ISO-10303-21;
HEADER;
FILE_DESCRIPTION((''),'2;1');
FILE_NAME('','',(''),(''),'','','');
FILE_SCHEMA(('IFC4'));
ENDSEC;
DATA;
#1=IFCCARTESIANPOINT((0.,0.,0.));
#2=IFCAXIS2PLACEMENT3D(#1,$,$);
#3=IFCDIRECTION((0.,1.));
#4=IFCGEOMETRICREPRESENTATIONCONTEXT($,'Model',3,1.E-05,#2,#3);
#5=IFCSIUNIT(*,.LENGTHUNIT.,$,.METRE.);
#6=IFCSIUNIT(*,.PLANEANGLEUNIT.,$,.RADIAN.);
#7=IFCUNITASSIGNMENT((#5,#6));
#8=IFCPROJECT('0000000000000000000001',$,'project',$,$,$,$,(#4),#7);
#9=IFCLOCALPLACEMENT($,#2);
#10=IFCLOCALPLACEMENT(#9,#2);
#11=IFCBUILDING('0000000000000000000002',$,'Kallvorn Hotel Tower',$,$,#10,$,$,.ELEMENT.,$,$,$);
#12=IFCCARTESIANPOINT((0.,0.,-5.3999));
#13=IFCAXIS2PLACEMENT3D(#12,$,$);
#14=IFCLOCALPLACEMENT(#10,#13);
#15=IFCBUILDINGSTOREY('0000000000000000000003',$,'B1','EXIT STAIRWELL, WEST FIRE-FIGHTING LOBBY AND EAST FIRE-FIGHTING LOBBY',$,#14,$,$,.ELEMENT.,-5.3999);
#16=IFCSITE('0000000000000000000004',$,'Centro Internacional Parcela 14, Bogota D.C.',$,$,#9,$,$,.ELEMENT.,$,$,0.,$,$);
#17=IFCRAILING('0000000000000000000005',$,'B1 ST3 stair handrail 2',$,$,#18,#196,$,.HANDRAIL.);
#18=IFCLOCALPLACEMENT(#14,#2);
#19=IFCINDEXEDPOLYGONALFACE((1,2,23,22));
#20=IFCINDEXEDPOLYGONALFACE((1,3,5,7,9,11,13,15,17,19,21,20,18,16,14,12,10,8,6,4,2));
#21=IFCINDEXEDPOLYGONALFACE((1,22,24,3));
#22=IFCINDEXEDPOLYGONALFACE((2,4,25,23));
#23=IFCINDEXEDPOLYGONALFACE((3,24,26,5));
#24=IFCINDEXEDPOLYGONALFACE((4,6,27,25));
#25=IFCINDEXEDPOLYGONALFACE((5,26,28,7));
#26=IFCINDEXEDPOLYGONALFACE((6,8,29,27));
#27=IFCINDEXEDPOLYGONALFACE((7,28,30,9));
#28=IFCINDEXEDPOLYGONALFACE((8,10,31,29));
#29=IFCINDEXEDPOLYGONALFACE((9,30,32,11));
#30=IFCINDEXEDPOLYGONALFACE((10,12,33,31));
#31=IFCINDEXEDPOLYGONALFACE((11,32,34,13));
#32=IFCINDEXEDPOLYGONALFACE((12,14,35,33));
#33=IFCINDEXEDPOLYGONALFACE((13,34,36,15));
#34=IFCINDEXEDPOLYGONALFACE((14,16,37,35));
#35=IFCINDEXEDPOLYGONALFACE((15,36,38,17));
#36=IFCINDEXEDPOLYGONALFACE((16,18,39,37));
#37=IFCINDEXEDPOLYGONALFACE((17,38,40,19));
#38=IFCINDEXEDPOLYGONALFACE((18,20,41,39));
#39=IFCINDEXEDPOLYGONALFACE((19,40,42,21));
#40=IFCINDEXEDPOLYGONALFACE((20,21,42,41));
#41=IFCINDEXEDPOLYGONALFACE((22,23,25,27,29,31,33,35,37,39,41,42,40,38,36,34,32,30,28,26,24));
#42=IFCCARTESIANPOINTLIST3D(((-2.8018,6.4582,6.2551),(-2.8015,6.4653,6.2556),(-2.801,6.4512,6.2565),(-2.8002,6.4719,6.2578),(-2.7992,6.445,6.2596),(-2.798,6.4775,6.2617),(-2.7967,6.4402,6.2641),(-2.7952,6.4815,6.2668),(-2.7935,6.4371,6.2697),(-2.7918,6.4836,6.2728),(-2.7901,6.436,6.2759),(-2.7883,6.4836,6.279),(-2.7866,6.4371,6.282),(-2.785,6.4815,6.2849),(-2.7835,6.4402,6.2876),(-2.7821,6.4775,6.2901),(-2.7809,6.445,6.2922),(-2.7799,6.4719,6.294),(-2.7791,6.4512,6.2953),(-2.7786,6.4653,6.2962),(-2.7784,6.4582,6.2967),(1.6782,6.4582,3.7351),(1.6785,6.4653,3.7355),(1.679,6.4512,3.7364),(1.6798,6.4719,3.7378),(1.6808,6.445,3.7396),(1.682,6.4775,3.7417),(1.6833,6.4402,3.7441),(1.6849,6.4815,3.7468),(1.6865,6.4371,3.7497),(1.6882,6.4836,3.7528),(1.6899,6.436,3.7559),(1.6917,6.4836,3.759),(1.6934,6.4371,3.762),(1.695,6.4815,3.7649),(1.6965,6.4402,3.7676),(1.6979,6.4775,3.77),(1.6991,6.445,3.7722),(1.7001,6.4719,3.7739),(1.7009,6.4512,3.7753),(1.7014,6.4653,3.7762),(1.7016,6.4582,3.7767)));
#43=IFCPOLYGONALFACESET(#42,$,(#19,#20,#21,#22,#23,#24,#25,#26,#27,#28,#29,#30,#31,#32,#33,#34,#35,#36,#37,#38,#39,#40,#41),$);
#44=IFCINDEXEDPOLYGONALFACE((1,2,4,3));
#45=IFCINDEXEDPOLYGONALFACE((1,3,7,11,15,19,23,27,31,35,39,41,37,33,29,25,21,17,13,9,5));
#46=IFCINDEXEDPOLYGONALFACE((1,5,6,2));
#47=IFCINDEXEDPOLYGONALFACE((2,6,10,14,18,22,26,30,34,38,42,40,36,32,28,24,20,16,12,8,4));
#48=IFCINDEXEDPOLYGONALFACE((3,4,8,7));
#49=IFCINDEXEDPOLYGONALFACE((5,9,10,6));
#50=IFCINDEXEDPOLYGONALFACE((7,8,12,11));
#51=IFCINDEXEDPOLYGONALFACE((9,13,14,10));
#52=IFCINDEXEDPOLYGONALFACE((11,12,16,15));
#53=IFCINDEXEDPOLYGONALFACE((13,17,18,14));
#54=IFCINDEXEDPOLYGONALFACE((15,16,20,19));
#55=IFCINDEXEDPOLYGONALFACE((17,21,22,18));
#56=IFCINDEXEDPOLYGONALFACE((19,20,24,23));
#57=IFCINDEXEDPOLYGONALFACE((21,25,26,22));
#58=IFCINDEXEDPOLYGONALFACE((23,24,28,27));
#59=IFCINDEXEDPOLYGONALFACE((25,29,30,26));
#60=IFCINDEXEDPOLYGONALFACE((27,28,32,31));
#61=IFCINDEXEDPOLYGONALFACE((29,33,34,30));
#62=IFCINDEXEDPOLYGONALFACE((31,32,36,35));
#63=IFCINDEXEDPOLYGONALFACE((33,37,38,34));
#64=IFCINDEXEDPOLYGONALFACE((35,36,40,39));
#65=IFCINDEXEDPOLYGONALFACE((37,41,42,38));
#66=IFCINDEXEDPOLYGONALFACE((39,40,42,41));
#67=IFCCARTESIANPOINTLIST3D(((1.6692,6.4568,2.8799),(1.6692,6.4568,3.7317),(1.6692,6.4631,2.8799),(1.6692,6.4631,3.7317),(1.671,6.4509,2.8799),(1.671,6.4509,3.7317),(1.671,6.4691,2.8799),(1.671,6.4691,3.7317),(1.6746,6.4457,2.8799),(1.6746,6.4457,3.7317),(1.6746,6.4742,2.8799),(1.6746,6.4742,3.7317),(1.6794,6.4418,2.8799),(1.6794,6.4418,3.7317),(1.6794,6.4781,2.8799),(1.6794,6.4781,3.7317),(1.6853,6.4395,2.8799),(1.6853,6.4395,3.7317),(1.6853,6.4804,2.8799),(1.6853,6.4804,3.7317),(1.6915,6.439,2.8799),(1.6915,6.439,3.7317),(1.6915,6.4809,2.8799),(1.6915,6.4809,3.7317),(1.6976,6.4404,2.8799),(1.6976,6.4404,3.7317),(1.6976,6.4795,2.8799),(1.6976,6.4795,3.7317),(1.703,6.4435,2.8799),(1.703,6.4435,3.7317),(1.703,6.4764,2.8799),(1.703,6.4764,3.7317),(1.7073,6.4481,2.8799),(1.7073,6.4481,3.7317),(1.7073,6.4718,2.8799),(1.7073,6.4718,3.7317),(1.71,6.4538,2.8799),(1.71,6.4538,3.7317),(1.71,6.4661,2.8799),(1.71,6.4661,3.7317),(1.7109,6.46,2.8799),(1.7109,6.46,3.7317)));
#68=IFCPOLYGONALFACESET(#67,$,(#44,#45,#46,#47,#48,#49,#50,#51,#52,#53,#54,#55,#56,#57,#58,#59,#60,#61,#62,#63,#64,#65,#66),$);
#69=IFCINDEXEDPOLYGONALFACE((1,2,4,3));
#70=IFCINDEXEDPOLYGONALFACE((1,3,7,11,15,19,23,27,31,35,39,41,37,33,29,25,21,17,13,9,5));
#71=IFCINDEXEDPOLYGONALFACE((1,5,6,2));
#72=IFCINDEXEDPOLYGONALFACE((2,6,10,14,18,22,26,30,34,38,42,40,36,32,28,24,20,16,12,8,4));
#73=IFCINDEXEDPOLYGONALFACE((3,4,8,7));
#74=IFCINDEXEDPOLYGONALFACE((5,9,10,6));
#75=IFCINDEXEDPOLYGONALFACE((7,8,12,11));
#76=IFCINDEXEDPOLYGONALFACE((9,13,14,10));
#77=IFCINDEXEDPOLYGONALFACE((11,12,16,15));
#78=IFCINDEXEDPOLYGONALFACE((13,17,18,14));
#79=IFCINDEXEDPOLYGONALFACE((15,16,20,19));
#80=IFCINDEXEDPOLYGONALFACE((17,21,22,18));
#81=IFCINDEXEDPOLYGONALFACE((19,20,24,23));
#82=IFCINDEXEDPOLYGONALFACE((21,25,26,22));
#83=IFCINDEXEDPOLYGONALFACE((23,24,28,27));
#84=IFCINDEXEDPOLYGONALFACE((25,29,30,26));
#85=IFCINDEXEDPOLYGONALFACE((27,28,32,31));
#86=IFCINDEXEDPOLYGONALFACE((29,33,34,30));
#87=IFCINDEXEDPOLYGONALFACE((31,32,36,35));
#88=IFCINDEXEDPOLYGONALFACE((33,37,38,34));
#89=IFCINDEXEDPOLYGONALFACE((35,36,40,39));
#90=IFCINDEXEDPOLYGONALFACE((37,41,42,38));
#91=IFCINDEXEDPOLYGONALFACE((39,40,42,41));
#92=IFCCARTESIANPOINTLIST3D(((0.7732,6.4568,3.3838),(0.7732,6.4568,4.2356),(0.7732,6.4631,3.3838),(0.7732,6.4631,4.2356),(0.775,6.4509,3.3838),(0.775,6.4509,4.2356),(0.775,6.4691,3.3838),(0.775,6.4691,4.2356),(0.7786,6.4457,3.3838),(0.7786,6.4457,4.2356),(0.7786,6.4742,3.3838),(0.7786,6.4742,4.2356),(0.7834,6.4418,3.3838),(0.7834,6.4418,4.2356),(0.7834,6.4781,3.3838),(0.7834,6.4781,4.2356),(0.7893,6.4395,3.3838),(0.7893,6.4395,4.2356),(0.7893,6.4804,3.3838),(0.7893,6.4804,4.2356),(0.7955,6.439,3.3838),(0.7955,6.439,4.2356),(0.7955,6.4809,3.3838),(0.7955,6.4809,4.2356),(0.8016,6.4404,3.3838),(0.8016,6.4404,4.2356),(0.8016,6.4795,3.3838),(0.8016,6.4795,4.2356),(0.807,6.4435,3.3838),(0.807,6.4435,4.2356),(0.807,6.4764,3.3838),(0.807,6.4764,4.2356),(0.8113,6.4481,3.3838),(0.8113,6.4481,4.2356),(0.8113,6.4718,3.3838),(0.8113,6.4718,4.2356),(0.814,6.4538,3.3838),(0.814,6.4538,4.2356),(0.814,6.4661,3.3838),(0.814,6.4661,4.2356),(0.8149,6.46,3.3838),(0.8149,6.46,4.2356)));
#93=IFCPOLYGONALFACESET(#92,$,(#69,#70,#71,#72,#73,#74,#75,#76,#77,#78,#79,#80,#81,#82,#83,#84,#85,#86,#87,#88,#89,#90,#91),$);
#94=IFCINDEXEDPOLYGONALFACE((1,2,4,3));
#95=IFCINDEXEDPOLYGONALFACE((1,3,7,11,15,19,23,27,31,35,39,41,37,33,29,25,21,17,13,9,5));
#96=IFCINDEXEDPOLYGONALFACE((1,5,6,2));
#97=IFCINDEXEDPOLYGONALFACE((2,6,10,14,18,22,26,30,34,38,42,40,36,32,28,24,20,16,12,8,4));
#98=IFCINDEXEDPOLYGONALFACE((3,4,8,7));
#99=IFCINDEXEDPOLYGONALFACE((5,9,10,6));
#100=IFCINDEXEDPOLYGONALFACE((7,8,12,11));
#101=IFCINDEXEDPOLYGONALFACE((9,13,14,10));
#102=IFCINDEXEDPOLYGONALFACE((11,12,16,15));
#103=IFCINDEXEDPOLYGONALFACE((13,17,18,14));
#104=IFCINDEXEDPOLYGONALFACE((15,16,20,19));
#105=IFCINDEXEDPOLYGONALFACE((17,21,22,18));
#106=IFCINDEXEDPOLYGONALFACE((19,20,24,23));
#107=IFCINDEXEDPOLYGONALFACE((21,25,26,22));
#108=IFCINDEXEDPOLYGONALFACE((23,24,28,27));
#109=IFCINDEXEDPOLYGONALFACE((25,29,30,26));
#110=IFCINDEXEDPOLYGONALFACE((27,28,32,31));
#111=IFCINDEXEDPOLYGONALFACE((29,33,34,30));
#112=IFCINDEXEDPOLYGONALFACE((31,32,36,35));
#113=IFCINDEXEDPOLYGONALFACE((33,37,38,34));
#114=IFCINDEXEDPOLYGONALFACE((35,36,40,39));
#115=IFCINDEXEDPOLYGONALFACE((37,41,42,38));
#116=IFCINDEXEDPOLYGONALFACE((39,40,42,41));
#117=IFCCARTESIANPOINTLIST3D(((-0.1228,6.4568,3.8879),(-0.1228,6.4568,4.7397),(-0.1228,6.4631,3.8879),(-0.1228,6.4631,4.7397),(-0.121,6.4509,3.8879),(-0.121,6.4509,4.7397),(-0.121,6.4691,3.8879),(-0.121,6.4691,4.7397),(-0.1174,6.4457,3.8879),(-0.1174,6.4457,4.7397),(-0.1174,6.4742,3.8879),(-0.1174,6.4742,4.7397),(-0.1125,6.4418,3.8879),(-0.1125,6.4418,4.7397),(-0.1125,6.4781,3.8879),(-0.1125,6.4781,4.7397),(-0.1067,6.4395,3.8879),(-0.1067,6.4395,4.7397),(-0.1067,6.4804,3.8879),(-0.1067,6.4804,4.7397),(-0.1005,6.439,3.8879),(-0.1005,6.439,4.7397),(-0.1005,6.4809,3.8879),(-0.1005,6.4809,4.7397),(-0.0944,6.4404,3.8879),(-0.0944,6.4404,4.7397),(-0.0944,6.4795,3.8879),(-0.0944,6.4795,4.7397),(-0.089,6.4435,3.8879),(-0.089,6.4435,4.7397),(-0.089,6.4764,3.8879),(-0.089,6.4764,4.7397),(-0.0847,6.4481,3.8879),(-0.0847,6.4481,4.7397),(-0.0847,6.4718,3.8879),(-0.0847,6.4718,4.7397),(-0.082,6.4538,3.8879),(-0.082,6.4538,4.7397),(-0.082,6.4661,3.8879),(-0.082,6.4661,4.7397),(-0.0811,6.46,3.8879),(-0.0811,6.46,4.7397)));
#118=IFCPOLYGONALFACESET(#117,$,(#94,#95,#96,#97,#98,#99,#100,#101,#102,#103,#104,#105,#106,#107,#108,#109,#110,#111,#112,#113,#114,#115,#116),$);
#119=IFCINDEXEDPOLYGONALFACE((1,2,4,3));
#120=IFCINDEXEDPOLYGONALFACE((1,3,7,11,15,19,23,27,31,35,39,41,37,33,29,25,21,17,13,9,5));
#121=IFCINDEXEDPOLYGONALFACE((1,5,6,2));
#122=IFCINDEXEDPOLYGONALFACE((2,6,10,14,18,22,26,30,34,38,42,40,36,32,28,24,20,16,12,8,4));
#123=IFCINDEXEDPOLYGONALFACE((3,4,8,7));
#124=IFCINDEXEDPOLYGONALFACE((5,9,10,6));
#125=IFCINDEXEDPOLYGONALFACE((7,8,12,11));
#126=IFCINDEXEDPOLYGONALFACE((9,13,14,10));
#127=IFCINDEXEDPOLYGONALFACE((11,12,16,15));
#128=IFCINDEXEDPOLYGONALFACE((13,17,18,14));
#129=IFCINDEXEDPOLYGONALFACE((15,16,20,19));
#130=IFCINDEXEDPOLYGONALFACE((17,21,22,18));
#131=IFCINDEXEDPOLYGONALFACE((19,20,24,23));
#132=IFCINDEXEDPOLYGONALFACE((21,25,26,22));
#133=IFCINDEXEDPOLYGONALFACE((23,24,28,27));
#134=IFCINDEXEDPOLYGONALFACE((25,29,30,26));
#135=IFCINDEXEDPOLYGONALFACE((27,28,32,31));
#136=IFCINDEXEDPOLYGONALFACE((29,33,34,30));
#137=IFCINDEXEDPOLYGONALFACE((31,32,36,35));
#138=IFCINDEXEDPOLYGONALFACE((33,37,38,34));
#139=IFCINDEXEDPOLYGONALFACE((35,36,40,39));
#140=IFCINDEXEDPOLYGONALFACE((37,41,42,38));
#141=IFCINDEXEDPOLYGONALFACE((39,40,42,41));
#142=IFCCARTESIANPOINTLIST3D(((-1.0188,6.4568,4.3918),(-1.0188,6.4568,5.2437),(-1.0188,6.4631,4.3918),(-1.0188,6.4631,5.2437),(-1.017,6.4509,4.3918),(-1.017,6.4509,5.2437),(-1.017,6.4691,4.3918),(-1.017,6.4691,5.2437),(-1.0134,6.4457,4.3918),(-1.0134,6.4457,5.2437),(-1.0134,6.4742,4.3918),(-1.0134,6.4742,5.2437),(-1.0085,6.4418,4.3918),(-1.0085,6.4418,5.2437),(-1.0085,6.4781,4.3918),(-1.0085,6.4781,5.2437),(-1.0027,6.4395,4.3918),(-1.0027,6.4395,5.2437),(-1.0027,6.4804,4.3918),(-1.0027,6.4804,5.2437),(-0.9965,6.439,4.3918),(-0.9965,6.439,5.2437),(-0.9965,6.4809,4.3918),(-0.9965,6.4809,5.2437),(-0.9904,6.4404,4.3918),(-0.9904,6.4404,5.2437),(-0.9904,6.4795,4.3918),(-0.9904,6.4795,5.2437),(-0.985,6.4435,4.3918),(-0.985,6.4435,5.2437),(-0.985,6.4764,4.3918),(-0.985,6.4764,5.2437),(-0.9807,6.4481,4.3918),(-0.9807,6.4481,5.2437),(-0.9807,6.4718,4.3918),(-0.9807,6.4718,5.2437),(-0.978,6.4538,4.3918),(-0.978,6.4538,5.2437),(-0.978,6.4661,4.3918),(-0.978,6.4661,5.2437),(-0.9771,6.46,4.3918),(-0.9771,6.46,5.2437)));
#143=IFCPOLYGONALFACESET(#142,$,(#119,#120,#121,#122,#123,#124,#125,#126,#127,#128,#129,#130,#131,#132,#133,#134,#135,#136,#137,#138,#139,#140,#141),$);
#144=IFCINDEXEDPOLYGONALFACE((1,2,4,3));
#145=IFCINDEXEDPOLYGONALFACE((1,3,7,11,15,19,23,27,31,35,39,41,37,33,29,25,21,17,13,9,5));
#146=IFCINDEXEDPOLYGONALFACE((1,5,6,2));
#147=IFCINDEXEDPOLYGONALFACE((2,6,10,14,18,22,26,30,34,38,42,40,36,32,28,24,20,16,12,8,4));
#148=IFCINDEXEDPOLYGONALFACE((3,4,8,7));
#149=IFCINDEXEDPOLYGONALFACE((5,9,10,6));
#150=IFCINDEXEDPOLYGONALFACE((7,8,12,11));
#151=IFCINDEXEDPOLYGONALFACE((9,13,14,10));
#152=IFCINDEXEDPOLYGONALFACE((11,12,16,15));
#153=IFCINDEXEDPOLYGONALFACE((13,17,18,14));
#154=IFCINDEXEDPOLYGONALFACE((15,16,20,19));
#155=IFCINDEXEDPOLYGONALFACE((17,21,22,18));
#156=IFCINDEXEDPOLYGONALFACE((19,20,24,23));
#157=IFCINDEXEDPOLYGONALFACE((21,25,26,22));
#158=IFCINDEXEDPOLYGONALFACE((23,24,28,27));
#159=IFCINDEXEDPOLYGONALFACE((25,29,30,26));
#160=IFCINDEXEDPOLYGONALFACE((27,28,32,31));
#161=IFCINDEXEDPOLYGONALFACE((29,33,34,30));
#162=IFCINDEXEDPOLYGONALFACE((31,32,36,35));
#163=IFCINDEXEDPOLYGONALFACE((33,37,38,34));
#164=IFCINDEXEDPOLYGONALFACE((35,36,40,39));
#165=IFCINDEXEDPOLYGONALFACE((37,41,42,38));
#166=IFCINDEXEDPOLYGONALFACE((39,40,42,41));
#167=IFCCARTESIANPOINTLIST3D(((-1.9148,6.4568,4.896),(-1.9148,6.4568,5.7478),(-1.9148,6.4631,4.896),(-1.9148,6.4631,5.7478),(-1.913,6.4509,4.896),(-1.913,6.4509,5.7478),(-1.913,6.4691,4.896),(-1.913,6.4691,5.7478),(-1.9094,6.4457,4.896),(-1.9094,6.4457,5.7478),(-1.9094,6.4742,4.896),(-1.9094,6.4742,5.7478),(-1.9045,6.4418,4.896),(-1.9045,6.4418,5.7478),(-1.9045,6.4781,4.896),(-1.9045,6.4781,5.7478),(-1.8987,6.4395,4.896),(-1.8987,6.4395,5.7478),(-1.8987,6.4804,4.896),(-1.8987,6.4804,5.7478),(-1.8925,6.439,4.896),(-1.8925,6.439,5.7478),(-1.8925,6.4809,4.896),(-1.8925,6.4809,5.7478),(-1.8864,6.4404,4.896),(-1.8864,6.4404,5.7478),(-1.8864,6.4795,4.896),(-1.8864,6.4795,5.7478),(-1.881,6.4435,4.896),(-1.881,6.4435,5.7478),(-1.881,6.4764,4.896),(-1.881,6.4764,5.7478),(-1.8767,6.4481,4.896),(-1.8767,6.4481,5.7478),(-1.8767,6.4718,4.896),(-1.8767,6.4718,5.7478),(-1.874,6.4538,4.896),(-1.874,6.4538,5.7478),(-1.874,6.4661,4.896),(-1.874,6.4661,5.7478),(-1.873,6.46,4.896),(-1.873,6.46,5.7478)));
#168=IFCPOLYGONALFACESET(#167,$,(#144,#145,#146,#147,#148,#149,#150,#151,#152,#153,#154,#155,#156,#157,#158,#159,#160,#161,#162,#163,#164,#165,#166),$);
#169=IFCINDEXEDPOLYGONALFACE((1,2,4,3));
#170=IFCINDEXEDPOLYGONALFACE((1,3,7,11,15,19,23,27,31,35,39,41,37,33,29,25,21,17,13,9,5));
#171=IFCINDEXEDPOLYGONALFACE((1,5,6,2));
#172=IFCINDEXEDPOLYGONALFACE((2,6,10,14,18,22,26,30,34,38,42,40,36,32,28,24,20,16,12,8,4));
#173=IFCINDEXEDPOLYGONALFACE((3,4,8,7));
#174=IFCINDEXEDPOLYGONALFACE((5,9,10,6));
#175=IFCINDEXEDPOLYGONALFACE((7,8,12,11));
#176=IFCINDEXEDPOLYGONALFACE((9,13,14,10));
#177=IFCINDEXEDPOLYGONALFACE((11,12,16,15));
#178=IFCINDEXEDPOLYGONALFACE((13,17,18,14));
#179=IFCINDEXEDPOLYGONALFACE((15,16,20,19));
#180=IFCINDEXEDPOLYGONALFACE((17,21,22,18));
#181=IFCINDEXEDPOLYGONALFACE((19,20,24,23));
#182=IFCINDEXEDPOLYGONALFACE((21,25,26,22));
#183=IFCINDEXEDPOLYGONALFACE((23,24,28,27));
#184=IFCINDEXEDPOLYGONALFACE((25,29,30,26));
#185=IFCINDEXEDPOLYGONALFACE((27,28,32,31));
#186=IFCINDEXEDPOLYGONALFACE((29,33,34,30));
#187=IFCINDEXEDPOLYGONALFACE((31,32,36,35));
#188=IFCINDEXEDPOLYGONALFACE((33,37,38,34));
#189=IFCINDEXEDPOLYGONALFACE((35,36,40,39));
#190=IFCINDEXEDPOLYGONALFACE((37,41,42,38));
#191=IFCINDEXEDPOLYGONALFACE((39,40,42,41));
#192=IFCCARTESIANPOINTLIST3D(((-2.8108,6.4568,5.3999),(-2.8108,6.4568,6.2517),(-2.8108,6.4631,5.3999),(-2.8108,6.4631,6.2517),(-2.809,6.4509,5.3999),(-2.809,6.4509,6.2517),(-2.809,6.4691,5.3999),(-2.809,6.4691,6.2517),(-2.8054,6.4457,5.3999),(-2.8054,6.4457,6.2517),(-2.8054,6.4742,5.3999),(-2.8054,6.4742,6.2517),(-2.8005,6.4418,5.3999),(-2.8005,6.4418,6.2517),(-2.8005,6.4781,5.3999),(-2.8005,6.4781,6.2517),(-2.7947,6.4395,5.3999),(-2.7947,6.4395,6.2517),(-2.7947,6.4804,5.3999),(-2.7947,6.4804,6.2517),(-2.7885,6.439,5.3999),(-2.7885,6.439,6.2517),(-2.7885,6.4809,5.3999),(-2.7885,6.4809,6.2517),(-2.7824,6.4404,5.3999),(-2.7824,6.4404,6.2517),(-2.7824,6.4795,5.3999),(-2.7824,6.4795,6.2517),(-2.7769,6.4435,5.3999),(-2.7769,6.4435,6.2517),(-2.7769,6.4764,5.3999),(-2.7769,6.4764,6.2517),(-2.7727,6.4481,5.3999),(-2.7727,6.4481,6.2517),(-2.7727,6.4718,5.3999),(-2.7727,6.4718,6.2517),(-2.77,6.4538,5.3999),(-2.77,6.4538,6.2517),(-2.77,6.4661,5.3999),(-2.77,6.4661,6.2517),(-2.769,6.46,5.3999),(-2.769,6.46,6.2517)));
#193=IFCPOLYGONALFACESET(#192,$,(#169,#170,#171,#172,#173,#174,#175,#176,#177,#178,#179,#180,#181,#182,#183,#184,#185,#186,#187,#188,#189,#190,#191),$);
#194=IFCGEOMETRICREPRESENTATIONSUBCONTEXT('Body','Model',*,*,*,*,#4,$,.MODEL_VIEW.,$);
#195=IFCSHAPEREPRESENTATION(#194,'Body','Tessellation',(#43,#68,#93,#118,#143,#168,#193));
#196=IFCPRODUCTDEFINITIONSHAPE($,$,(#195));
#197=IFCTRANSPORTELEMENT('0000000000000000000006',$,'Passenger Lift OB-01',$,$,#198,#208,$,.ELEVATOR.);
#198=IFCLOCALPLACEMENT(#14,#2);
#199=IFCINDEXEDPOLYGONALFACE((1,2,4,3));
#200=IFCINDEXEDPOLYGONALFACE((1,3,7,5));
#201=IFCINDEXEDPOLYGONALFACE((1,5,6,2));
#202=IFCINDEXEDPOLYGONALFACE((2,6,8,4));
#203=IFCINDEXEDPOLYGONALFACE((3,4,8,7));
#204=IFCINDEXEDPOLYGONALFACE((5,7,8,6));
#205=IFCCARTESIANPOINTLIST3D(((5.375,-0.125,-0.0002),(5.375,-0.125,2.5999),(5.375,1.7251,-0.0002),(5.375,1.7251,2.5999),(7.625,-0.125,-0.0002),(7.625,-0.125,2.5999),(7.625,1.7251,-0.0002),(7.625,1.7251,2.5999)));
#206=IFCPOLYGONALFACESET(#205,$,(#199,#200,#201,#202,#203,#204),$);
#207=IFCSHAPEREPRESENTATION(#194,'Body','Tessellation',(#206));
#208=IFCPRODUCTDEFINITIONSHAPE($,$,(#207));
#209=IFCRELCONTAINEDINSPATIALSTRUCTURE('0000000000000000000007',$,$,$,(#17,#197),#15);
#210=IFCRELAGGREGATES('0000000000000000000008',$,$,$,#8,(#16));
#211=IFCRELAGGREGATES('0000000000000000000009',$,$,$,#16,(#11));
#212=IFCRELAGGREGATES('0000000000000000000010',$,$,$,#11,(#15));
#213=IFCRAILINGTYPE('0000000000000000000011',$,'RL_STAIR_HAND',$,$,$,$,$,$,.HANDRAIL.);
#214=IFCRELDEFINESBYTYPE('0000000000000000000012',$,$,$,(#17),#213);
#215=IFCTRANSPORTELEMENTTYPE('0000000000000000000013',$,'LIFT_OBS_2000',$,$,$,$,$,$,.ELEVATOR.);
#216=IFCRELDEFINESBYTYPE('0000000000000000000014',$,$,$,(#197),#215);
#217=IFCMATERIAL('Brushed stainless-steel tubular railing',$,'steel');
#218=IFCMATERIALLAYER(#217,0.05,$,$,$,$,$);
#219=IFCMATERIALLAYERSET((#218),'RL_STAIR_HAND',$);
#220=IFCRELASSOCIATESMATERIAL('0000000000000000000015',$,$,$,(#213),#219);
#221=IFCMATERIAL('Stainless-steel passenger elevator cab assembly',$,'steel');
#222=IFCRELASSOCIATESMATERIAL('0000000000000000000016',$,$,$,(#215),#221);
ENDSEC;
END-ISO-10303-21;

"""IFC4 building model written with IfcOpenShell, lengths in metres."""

from ifc_helpers import new_model, si_unit, direction, frame, origin, origin_2d, place, context, subcontext, project, spatial, rectangle, circle, extrude, material, layer, layer_set, type_object, element, save


model = new_model("IFC4")

# Units and contexts
model_context = context("Model", 3, precision=1e-05, world=origin(), true_north=direction((0.0, 1.0)))
body_context = subcontext(model_context, "Body", "Model", "MODEL_VIEW")
ifc_project = project(units=[si_unit("LENGTHUNIT", "METRE"), si_unit("PLANEANGLEUNIT", "RADIAN")], contexts=[model_context])

# Site, building, storey
site_placement = place(None, origin())
site = spatial("IfcSite", under=ifc_project, at=site_placement, Name="Centro Internacional Parcela 14, Bogota D.C.", CompositionType="ELEMENT", RefElevation=0.0)
building_placement = place(site_placement, origin())
building = spatial("IfcBuilding", under=site, at=building_placement, Name="Kallvorn Hotel Tower", CompositionType="ELEMENT")
storey_placement = place(building_placement, frame((0.0, 0.0, -5.3999)))
storey = spatial("IfcBuildingStorey", under=building, at=storey_placement, Name="B1", Description="EXIT STAIRWELL, WEST FIRE-FIGHTING LOBBY AND EAST FIRE-FIGHTING LOBBY", CompositionType="ELEMENT", Elevation=-5.3999)

# Railing
ifc_material_1 = material(Name="Brushed stainless-steel tubular railing", Category="steel")
ifc_layer_1 = layer(ifc_material_1, 0.05)
ifc_layer_set_1 = layer_set([ifc_layer_1], Name="RL_STAIR_HAND")
railing_type_1 = type_object("IfcRailingType", Name="RL_STAIR_HAND", PredefinedType="HANDRAIL", material=ifc_layer_set_1)
railing_1_placement = place(storey_placement, frame((1.6899, 6.46, 2.8799)))
element("IfcRailing", 1, at=railing_1_placement, inside=storey, type_object=railing_type_1, Name="B1 ST3 stair handrail 2", PredefinedType="HANDRAIL", context=body_context, shape_type="SweptSolid", body=[
    extrude(circle(Radius=0.0239, at=origin_2d()), frame((0.0, 0.0, 0.876), z_axis=(-0.871573, 0.0, 0.490266), x_axis=(0.0, -1.0, 0.0)), (0.0, 0.0, 1.0), 5.1401),
    extrude(circle(Radius=0.021, at=origin_2d()), origin(), (0.0, 0.0, 1.0), 0.8518),
    extrude(circle(Radius=0.021, at=origin_2d()), frame((-0.896, 0.0, 0.5039)), (0.0, 0.0, 1.0), 0.8518),
    extrude(circle(Radius=0.021, at=origin_2d()), frame((-1.792, 0.0, 1.0081)), (0.0, 0.0, 1.0), 0.8518),
    extrude(circle(Radius=0.021, at=origin_2d()), frame((-2.688, 0.0, 1.512)), (0.0, 0.0, 1.0), 0.8518),
    extrude(circle(Radius=0.021, at=origin_2d()), frame((-3.584, 0.0, 2.0161)), (0.0, 0.0, 1.0), 0.8518),
    extrude(circle(Radius=0.021, at=origin_2d()), frame((-4.48, 0.0, 2.52)), (0.0, 0.0, 1.0), 0.8518),
])

# Transport element
ifc_material_2 = material(Name="Stainless-steel passenger elevator cab assembly", Category="steel")
transport_element_type = type_object("IfcTransportElementType", Name="LIFT_OBS_2000", PredefinedType="ELEVATOR", material=ifc_material_2)
for number, where, z_axis, x_axis, name in (
    (2, (6.5, 0.8, -0.0002), (0.0, 0.0, 1.0), (1.0, 0.0, 0.0), "Passenger Lift OB-01"),
):
    element("IfcTransportElement", number, at=place(storey_placement, frame(where, z_axis=z_axis, x_axis=x_axis)), inside=storey, type_object=transport_element_type, Name=name, PredefinedType="ELEVATOR", context=body_context, shape_type="SweptSolid", body=[
        extrude(rectangle(XDim=2.25, YDim=1.8501, at=origin_2d()), origin(), (0.0, 0.0, 1.0), 2.6001),
    ])

save(model, "model.ifc")
